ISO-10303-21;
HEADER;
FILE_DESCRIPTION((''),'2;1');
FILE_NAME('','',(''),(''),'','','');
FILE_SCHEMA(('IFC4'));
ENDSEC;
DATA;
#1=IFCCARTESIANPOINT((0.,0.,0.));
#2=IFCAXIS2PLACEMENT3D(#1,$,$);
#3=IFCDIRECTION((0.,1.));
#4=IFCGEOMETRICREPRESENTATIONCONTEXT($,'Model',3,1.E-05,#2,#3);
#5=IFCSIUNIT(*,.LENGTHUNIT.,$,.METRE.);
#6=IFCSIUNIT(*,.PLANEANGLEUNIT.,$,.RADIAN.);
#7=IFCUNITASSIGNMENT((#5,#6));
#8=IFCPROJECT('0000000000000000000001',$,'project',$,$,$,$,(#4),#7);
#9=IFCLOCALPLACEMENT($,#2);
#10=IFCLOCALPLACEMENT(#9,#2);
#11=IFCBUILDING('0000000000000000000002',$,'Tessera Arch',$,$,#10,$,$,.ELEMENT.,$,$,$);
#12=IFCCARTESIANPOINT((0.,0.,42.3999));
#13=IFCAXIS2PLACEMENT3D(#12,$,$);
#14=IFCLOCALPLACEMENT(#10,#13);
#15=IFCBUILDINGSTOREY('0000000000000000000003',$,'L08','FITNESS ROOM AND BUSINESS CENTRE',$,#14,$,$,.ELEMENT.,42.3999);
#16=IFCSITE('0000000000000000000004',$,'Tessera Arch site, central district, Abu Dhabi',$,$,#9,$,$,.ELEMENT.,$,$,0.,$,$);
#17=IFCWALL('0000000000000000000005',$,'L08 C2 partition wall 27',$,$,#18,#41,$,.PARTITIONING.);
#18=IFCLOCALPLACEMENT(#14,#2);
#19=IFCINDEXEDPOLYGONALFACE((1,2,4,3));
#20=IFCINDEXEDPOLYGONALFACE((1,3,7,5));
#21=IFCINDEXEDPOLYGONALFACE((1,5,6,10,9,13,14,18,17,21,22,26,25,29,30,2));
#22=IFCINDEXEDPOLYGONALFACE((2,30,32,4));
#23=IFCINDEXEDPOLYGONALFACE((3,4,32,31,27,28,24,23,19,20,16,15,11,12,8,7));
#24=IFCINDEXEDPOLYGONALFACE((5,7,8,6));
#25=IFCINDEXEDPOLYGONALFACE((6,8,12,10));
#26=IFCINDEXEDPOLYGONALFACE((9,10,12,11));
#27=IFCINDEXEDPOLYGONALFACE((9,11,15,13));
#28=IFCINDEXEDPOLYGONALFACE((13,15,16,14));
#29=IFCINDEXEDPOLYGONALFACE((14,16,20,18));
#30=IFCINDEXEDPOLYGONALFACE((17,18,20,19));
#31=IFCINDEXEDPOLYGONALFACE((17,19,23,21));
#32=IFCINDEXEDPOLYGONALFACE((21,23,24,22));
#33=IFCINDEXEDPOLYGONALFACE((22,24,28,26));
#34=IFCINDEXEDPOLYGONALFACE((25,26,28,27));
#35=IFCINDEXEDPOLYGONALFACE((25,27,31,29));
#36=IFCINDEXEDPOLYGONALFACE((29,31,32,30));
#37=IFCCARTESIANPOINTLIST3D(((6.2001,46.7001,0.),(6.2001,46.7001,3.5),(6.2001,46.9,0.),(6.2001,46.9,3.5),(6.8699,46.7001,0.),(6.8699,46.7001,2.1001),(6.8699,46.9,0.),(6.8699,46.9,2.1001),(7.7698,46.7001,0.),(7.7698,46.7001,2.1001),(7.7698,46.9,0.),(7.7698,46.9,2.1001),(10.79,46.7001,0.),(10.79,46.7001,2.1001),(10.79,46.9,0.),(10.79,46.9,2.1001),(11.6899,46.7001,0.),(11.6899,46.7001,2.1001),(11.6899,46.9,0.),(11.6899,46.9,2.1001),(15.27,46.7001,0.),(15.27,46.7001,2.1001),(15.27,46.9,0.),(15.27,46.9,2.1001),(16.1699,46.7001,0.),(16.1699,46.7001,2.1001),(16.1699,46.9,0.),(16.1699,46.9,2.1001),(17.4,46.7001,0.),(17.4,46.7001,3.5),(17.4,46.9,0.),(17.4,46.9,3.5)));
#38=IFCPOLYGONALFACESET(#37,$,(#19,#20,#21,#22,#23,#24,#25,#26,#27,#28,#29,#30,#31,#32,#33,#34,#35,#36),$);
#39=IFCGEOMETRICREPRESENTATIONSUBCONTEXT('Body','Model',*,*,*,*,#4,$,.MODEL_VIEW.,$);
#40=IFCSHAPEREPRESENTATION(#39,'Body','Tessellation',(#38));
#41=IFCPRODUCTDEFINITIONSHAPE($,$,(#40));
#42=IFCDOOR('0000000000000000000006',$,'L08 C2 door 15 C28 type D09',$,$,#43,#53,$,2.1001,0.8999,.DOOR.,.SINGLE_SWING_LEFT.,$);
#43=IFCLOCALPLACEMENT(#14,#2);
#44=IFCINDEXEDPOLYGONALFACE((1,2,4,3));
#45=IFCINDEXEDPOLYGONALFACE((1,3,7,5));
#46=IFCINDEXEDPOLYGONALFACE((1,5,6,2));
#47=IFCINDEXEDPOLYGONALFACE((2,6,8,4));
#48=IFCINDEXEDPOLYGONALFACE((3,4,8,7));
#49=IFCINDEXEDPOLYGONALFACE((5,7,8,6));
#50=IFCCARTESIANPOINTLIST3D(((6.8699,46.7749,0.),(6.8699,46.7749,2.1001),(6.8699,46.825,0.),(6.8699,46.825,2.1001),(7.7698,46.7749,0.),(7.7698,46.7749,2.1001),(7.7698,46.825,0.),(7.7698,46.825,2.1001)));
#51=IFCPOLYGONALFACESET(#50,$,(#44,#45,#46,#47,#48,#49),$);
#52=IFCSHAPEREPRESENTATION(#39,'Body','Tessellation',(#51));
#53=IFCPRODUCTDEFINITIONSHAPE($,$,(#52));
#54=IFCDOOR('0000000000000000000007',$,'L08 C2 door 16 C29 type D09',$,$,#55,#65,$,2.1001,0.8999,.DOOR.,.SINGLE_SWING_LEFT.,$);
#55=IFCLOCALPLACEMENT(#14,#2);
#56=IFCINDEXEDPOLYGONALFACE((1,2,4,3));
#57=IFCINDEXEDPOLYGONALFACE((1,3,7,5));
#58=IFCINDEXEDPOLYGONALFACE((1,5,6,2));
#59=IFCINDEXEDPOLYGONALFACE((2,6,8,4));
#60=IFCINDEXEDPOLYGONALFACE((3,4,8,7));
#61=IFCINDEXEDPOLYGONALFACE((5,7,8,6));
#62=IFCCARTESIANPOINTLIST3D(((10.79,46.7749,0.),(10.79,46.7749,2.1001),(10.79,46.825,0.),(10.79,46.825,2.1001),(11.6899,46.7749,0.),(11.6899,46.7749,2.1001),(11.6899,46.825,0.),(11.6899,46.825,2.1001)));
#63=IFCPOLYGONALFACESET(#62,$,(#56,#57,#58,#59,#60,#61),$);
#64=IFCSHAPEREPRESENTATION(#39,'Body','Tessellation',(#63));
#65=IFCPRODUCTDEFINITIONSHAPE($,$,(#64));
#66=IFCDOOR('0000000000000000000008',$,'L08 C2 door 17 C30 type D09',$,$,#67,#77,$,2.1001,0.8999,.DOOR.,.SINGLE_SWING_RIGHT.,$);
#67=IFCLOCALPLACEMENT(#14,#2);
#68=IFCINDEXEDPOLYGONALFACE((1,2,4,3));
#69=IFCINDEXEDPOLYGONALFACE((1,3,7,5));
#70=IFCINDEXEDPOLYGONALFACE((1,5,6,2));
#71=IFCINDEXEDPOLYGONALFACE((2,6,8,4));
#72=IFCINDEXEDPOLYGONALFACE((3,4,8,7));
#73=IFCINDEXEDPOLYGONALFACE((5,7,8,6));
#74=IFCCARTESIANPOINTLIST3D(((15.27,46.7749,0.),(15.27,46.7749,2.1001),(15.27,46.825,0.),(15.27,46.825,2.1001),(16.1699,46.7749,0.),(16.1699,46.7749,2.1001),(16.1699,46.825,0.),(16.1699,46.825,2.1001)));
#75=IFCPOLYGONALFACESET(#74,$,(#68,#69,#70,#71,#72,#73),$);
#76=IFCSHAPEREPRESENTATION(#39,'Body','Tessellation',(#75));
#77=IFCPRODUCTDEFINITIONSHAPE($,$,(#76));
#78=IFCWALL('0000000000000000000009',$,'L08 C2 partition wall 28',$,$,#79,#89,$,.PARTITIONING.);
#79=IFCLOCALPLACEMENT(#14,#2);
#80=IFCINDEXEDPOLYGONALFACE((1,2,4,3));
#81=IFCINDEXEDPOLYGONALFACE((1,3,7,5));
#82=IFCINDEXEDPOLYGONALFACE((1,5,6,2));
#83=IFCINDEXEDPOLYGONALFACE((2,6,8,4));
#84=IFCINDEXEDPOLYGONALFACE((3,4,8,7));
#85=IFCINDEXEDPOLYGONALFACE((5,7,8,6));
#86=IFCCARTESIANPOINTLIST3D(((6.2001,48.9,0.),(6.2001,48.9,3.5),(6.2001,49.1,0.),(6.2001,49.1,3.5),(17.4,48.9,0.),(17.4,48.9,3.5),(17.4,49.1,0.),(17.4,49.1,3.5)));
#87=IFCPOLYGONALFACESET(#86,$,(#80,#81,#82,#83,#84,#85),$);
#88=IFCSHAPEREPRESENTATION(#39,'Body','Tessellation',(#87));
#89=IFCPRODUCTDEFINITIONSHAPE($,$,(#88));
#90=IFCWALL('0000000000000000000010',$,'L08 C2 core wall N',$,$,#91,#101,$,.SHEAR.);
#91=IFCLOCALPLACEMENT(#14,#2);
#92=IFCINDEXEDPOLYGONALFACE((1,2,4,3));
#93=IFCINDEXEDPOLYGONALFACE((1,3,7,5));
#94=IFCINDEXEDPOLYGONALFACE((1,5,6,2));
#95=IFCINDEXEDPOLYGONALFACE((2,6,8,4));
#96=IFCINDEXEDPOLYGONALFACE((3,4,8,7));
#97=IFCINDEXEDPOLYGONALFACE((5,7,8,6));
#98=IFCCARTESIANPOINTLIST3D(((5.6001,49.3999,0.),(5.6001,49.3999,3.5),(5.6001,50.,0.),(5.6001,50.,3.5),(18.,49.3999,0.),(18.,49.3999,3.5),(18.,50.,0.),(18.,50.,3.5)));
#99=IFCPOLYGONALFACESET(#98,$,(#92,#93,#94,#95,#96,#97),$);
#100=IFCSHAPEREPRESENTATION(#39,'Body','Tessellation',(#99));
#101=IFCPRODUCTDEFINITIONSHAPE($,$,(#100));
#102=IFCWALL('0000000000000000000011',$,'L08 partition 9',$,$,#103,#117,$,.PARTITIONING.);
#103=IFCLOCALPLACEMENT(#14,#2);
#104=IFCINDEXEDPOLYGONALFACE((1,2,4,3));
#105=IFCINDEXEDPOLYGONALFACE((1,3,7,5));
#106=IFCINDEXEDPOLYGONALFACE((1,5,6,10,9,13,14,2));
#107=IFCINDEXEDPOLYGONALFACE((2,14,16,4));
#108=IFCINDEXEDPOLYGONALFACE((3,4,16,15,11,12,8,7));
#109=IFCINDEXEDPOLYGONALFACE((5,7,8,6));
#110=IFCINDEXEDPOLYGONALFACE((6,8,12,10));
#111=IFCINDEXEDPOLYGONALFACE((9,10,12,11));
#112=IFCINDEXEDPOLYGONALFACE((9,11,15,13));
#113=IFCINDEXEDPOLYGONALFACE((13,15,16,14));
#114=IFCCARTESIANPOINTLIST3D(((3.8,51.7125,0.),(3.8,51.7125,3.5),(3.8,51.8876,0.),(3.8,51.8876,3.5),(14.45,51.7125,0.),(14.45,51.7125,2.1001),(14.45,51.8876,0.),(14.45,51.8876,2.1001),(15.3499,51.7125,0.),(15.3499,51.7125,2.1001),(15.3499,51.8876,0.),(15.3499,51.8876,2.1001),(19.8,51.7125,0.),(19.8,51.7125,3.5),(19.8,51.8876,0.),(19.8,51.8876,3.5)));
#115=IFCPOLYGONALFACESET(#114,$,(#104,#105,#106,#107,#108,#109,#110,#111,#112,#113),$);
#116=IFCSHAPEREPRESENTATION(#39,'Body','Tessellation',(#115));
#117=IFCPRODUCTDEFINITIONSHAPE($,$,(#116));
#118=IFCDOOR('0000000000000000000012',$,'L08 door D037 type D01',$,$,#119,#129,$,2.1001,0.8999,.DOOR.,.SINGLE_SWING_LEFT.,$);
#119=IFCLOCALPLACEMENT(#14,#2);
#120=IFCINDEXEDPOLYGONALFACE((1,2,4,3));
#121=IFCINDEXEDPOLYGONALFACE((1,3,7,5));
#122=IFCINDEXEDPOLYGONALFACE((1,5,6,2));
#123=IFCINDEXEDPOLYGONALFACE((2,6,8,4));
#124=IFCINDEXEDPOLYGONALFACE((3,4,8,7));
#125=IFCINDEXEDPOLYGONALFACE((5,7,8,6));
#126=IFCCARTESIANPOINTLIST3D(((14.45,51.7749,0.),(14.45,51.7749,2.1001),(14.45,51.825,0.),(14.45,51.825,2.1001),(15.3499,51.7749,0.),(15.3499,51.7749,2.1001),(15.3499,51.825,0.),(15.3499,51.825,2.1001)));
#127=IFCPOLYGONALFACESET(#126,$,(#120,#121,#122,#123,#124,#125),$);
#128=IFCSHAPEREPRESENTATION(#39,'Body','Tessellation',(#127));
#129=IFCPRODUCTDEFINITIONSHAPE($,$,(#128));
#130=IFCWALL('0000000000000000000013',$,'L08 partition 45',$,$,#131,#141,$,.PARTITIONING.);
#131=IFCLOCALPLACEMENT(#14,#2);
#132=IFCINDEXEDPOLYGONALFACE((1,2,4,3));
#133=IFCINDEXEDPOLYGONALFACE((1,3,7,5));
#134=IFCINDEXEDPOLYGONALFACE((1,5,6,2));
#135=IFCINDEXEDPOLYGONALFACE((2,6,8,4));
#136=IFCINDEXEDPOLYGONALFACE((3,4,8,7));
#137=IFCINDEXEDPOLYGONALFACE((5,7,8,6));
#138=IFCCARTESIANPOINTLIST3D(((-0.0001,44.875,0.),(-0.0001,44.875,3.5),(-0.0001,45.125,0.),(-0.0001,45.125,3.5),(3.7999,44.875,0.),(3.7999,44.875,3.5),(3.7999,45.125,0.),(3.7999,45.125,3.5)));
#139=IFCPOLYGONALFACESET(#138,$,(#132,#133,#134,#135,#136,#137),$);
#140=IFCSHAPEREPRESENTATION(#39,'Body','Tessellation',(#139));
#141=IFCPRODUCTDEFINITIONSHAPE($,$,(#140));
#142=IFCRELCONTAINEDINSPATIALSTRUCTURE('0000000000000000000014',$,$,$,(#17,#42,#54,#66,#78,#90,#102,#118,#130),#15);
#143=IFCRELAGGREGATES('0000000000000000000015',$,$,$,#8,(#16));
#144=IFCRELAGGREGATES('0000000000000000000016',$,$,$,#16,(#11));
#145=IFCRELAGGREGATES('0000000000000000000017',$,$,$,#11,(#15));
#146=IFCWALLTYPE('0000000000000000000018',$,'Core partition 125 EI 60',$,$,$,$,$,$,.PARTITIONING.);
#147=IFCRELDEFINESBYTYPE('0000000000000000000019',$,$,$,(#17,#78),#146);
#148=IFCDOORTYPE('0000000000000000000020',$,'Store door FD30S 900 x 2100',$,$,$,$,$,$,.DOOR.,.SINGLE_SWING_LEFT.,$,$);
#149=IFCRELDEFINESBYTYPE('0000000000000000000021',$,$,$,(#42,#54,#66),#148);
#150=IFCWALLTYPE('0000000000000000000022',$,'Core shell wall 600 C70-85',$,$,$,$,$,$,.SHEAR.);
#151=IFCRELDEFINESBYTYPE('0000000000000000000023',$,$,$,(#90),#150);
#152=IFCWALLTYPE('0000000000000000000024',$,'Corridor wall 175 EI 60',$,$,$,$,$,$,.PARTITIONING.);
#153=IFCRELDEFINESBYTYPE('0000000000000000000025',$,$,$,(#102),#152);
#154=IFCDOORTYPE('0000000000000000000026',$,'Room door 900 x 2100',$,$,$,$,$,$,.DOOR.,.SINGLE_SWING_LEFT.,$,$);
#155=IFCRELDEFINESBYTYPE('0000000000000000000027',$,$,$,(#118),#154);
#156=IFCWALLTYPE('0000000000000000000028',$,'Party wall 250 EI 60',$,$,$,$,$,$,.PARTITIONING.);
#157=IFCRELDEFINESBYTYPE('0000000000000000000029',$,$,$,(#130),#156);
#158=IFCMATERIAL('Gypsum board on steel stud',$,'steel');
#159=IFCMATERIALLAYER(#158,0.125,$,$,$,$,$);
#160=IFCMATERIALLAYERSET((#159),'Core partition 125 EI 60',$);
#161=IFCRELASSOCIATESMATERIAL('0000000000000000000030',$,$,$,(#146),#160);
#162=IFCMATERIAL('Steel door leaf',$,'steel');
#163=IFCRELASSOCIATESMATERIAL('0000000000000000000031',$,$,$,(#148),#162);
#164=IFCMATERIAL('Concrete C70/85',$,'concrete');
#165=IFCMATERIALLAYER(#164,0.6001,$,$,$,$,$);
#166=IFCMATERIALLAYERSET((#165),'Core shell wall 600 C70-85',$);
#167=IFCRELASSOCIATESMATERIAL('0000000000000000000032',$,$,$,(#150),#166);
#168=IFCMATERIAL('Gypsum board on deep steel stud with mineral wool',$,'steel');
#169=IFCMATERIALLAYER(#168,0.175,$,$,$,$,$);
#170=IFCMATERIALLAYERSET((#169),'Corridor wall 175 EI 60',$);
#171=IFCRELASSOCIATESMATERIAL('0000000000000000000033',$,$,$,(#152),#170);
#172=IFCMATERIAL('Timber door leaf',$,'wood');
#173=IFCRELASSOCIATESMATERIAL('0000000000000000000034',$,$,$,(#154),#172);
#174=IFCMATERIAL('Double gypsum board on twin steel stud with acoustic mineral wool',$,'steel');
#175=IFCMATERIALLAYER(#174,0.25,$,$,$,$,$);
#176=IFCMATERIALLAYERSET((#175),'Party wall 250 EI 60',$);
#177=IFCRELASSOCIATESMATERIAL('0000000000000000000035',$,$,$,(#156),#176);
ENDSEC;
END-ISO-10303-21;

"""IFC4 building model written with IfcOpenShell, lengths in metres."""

from ifc_helpers import new_model, si_unit, direction, frame, frame_2d, origin, place, context, subcontext, project, spatial, rectangle, extrude, material, layer, layer_set, type_object, element, fill, save


model = new_model("IFC4")

# Units and contexts
model_context = context("Model", 3, precision=1e-05, world=origin(), true_north=direction((0.0, 1.0)))
body_context = subcontext(model_context, "Body", "Model", "MODEL_VIEW")
ifc_project = project(units=[si_unit("LENGTHUNIT", "METRE"), si_unit("PLANEANGLEUNIT", "RADIAN")], contexts=[model_context])

# Site, building, storey
site_placement = place(None, origin())
site = spatial("IfcSite", under=ifc_project, at=site_placement, Name="Tessera Arch site, central district, Abu Dhabi", CompositionType="ELEMENT", RefElevation=0.0)
building_placement = place(site_placement, origin())
building = spatial("IfcBuilding", under=site, at=building_placement, Name="Tessera Arch", CompositionType="ELEMENT")
storey_placement = place(building_placement, frame((0.0, 0.0, 42.3999)))
storey = spatial("IfcBuildingStorey", under=building, at=storey_placement, Name="L08", Description="FITNESS ROOM AND BUSINESS CENTRE", CompositionType="ELEMENT", Elevation=42.3999)

# Wall, openings, doors
ifc_material_1 = material(Name="Gypsum board on steel stud", Category="steel")
ifc_layer_1 = layer(ifc_material_1, 0.125)
ifc_layer_set_1 = layer_set([ifc_layer_1], Name="Core partition 125 EI 60")
wall_type_1 = type_object("IfcWallType", Name="Core partition 125 EI 60", PredefinedType="PARTITIONING", material=ifc_layer_set_1)
wall_1_placement = place(storey_placement, frame((6.2, 46.8, 0.0), z_axis=(0.0, 0.0, 1.0), x_axis=(1.0, 0.0, 0.0)))
wall_1 = element("IfcWall", 1, at=wall_1_placement, inside=storey, type_object=wall_type_1, Name="L08 C2 partition wall 27", PredefinedType="PARTITIONING", context=body_context, shape_type="SweptSolid", body=[
    extrude(rectangle(XDim=11.2, YDim=0.2, at=frame_2d((5.6001, 0.0))), origin(), (0.0, 0.0, 1.0), 3.5),
])
opening_1_placement = place(wall_1_placement, frame((0.6699, 0.0, 0.0)))
opening_1 = element("IfcOpeningElement", 2, at=opening_1_placement, cuts=wall_1, PredefinedType="OPENING", context=body_context, shape_type="SweptSolid", body=[
    extrude(rectangle(XDim=0.8999, YDim=2.1001, at=frame_2d((0.45, 1.05))), frame((0.0, 0.1099, 0.0), z_axis=(0.0, -1.0, 0.0), x_axis=(1.0, 0.0, 0.0)), (0.0, 0.0, 1.0), 0.22),
])
opening_2_placement = place(wall_1_placement, frame((4.5901, 0.0, 0.0)))
opening_2 = element("IfcOpeningElement", 3, at=opening_2_placement, cuts=wall_1, PredefinedType="OPENING", context=body_context, shape_type="SweptSolid", body=[
    extrude(rectangle(XDim=0.8999, YDim=2.1001, at=frame_2d((0.45, 1.05))), frame((0.0, 0.1099, 0.0), z_axis=(0.0, -1.0, 0.0), x_axis=(1.0, 0.0, 0.0)), (0.0, 0.0, 1.0), 0.22),
])
opening_3_placement = place(wall_1_placement, frame((9.0701, 0.0, 0.0)))
opening_3 = element("IfcOpeningElement", 4, at=opening_3_placement, cuts=wall_1, PredefinedType="OPENING", context=body_context, shape_type="SweptSolid", body=[
    extrude(rectangle(XDim=0.8999, YDim=2.1001, at=frame_2d((0.45, 1.05))), frame((0.0, 0.1099, 0.0), z_axis=(0.0, -1.0, 0.0), x_axis=(1.0, 0.0, 0.0)), (0.0, 0.0, 1.0), 0.22),
])
ifc_material_2 = material(Name="Steel door leaf", Category="steel")
door_type_1 = type_object("IfcDoorType", Name="Store door FD30S 900 x 2100", OperationType="SINGLE_SWING_LEFT", PredefinedType="DOOR", material=ifc_material_2)
door_1_placement = place(opening_1_placement, origin())
door_1 = element("IfcDoor", 5, at=door_1_placement, inside=storey, type_object=door_type_1, Name="L08 C2 door 15 C28 type D09", OperationType="SINGLE_SWING_LEFT", OverallHeight=2.1001, OverallWidth=0.8999, PredefinedType="DOOR", context=body_context, shape_type="SweptSolid", body=[
    extrude(rectangle(XDim=0.8999, YDim=2.1001, at=frame_2d((0.45, 1.05))), frame((0.0, 0.0249, 0.0), z_axis=(0.0, -1.0, 0.0), x_axis=(1.0, 0.0, 0.0)), (0.0, 0.0, 1.0), 0.05),
])
fill(opening_1, door_1)
door_2_placement = place(opening_2_placement, origin())
door_2 = element("IfcDoor", 6, at=door_2_placement, inside=storey, type_object=door_type_1, Name="L08 C2 door 16 C29 type D09", OperationType="SINGLE_SWING_LEFT", OverallHeight=2.1001, OverallWidth=0.8999, PredefinedType="DOOR", context=body_context, shape_type="SweptSolid", body=[
    extrude(rectangle(XDim=0.8999, YDim=2.1001, at=frame_2d((0.45, 1.05))), frame((0.0, 0.0249, 0.0), z_axis=(0.0, -1.0, 0.0), x_axis=(1.0, 0.0, 0.0)), (0.0, 0.0, 1.0), 0.05),
])
fill(opening_2, door_2)
door_3_placement = place(opening_3_placement, origin())
door_3 = element("IfcDoor", 7, at=door_3_placement, inside=storey, type_object=door_type_1, Name="L08 C2 door 17 C30 type D09", OperationType="SINGLE_SWING_RIGHT", OverallHeight=2.1001, OverallWidth=0.8999, PredefinedType="DOOR", context=body_context, shape_type="SweptSolid", body=[
    extrude(rectangle(XDim=0.8999, YDim=2.1001, at=frame_2d((0.45, 1.05))), frame((0.0, 0.0249, 0.0), z_axis=(0.0, -1.0, 0.0), x_axis=(1.0, 0.0, 0.0)), (0.0, 0.0, 1.0), 0.05),
])
fill(opening_3, door_3)

# Walls
wall_2_placement = place(storey_placement, frame((6.2, 49.0, 0.0), z_axis=(0.0, 0.0, 1.0), x_axis=(1.0, 0.0, 0.0)))
element("IfcWall", 8, at=wall_2_placement, inside=storey, type_object=wall_type_1, Name="L08 C2 partition wall 28", PredefinedType="PARTITIONING", context=body_context, shape_type="SweptSolid", body=[
    extrude(rectangle(XDim=11.2, YDim=0.2, at=frame_2d((5.6001, 0.0))), origin(), (0.0, 0.0, 1.0), 3.5),
])
ifc_material_3 = material(Name="Concrete C70/85", Category="concrete")
ifc_layer_2 = layer(ifc_material_3, 0.6001)
ifc_layer_set_2 = layer_set([ifc_layer_2], Name="Core shell wall 600 C70-85")
wall_type_2 = type_object("IfcWallType", Name="Core shell wall 600 C70-85", PredefinedType="SHEAR", material=ifc_layer_set_2)
wall_3_placement = place(storey_placement, frame((5.6001, 49.7, 0.0), z_axis=(0.0, 0.0, 1.0), x_axis=(1.0, 0.0, 0.0)))
element("IfcWall", 9, at=wall_3_placement, inside=storey, type_object=wall_type_2, Name="L08 C2 core wall N", PredefinedType="SHEAR", context=body_context, shape_type="SweptSolid", body=[
    extrude(rectangle(XDim=12.3999, YDim=0.6001, at=frame_2d((6.2, 0.0))), origin(), (0.0, 0.0, 1.0), 3.5),
])

# Wall, opening, door
ifc_material_4 = material(Name="Gypsum board on deep steel stud with mineral wool", Category="steel")
ifc_layer_3 = layer(ifc_material_4, 0.175)
ifc_layer_set_3 = layer_set([ifc_layer_3], Name="Corridor wall 175 EI 60")
wall_type_3 = type_object("IfcWallType", Name="Corridor wall 175 EI 60", PredefinedType="PARTITIONING", material=ifc_layer_set_3)
wall_4_placement = place(storey_placement, frame((3.8, 51.8, 0.0), z_axis=(0.0, 0.0, 1.0), x_axis=(1.0, 0.0, 0.0)))
wall_4 = element("IfcWall", 10, at=wall_4_placement, inside=storey, type_object=wall_type_3, Name="L08 partition 9", PredefinedType="PARTITIONING", context=body_context, shape_type="SweptSolid", body=[
    extrude(rectangle(XDim=16.0, YDim=0.175, at=frame_2d((8.0, 0.0))), origin(), (0.0, 0.0, 1.0), 3.5),
])
opening_4_placement = place(wall_4_placement, frame((10.6499, 0.0, 0.0)))
opening_4 = element("IfcOpeningElement", 11, at=opening_4_placement, cuts=wall_4, PredefinedType="OPENING", context=body_context, shape_type="SweptSolid", body=[
    extrude(rectangle(XDim=0.8999, YDim=2.1001, at=frame_2d((0.45, 1.05))), frame((0.0, 0.0974, 0.0), z_axis=(0.0, -1.0, 0.0), x_axis=(1.0, 0.0, 0.0)), (0.0, 0.0, 1.0), 0.1951),
])
ifc_material_5 = material(Name="Timber door leaf", Category="wood")
door_type_2 = type_object("IfcDoorType", Name="Room door 900 x 2100", OperationType="SINGLE_SWING_LEFT", PredefinedType="DOOR", material=ifc_material_5)
door_4_placement = place(opening_4_placement, origin())
door_4 = element("IfcDoor", 12, at=door_4_placement, inside=storey, type_object=door_type_2, Name="L08 door D037 type D01", OperationType="SINGLE_SWING_LEFT", OverallHeight=2.1001, OverallWidth=0.8999, PredefinedType="DOOR", context=body_context, shape_type="SweptSolid", body=[
    extrude(rectangle(XDim=0.8999, YDim=2.1001, at=frame_2d((0.45, 1.05))), frame((0.0, 0.0249, 0.0), z_axis=(0.0, -1.0, 0.0), x_axis=(1.0, 0.0, 0.0)), (0.0, 0.0, 1.0), 0.05),
])
fill(opening_4, door_4)

# Wall
ifc_material_6 = material(Name="Double gypsum board on twin steel stud with acoustic mineral wool", Category="steel")
ifc_layer_4 = layer(ifc_material_6, 0.25)
ifc_layer_set_4 = layer_set([ifc_layer_4], Name="Party wall 250 EI 60")
wall_type_4 = type_object("IfcWallType", Name="Party wall 250 EI 60", PredefinedType="PARTITIONING", material=ifc_layer_set_4)
wall_5_placement = place(storey_placement, frame((0.0, 45.0, 0.0), z_axis=(0.0, 0.0, 1.0), x_axis=(1.0, 0.0, 0.0)))
element("IfcWall", 13, at=wall_5_placement, inside=storey, type_object=wall_type_4, Name="L08 partition 45", PredefinedType="PARTITIONING", context=body_context, shape_type="SweptSolid", body=[
    extrude(rectangle(XDim=3.8, YDim=0.25, at=frame_2d((1.8999, 0.0))), origin(), (0.0, 0.0, 1.0), 3.5),
])

save(model, "model.ifc")
